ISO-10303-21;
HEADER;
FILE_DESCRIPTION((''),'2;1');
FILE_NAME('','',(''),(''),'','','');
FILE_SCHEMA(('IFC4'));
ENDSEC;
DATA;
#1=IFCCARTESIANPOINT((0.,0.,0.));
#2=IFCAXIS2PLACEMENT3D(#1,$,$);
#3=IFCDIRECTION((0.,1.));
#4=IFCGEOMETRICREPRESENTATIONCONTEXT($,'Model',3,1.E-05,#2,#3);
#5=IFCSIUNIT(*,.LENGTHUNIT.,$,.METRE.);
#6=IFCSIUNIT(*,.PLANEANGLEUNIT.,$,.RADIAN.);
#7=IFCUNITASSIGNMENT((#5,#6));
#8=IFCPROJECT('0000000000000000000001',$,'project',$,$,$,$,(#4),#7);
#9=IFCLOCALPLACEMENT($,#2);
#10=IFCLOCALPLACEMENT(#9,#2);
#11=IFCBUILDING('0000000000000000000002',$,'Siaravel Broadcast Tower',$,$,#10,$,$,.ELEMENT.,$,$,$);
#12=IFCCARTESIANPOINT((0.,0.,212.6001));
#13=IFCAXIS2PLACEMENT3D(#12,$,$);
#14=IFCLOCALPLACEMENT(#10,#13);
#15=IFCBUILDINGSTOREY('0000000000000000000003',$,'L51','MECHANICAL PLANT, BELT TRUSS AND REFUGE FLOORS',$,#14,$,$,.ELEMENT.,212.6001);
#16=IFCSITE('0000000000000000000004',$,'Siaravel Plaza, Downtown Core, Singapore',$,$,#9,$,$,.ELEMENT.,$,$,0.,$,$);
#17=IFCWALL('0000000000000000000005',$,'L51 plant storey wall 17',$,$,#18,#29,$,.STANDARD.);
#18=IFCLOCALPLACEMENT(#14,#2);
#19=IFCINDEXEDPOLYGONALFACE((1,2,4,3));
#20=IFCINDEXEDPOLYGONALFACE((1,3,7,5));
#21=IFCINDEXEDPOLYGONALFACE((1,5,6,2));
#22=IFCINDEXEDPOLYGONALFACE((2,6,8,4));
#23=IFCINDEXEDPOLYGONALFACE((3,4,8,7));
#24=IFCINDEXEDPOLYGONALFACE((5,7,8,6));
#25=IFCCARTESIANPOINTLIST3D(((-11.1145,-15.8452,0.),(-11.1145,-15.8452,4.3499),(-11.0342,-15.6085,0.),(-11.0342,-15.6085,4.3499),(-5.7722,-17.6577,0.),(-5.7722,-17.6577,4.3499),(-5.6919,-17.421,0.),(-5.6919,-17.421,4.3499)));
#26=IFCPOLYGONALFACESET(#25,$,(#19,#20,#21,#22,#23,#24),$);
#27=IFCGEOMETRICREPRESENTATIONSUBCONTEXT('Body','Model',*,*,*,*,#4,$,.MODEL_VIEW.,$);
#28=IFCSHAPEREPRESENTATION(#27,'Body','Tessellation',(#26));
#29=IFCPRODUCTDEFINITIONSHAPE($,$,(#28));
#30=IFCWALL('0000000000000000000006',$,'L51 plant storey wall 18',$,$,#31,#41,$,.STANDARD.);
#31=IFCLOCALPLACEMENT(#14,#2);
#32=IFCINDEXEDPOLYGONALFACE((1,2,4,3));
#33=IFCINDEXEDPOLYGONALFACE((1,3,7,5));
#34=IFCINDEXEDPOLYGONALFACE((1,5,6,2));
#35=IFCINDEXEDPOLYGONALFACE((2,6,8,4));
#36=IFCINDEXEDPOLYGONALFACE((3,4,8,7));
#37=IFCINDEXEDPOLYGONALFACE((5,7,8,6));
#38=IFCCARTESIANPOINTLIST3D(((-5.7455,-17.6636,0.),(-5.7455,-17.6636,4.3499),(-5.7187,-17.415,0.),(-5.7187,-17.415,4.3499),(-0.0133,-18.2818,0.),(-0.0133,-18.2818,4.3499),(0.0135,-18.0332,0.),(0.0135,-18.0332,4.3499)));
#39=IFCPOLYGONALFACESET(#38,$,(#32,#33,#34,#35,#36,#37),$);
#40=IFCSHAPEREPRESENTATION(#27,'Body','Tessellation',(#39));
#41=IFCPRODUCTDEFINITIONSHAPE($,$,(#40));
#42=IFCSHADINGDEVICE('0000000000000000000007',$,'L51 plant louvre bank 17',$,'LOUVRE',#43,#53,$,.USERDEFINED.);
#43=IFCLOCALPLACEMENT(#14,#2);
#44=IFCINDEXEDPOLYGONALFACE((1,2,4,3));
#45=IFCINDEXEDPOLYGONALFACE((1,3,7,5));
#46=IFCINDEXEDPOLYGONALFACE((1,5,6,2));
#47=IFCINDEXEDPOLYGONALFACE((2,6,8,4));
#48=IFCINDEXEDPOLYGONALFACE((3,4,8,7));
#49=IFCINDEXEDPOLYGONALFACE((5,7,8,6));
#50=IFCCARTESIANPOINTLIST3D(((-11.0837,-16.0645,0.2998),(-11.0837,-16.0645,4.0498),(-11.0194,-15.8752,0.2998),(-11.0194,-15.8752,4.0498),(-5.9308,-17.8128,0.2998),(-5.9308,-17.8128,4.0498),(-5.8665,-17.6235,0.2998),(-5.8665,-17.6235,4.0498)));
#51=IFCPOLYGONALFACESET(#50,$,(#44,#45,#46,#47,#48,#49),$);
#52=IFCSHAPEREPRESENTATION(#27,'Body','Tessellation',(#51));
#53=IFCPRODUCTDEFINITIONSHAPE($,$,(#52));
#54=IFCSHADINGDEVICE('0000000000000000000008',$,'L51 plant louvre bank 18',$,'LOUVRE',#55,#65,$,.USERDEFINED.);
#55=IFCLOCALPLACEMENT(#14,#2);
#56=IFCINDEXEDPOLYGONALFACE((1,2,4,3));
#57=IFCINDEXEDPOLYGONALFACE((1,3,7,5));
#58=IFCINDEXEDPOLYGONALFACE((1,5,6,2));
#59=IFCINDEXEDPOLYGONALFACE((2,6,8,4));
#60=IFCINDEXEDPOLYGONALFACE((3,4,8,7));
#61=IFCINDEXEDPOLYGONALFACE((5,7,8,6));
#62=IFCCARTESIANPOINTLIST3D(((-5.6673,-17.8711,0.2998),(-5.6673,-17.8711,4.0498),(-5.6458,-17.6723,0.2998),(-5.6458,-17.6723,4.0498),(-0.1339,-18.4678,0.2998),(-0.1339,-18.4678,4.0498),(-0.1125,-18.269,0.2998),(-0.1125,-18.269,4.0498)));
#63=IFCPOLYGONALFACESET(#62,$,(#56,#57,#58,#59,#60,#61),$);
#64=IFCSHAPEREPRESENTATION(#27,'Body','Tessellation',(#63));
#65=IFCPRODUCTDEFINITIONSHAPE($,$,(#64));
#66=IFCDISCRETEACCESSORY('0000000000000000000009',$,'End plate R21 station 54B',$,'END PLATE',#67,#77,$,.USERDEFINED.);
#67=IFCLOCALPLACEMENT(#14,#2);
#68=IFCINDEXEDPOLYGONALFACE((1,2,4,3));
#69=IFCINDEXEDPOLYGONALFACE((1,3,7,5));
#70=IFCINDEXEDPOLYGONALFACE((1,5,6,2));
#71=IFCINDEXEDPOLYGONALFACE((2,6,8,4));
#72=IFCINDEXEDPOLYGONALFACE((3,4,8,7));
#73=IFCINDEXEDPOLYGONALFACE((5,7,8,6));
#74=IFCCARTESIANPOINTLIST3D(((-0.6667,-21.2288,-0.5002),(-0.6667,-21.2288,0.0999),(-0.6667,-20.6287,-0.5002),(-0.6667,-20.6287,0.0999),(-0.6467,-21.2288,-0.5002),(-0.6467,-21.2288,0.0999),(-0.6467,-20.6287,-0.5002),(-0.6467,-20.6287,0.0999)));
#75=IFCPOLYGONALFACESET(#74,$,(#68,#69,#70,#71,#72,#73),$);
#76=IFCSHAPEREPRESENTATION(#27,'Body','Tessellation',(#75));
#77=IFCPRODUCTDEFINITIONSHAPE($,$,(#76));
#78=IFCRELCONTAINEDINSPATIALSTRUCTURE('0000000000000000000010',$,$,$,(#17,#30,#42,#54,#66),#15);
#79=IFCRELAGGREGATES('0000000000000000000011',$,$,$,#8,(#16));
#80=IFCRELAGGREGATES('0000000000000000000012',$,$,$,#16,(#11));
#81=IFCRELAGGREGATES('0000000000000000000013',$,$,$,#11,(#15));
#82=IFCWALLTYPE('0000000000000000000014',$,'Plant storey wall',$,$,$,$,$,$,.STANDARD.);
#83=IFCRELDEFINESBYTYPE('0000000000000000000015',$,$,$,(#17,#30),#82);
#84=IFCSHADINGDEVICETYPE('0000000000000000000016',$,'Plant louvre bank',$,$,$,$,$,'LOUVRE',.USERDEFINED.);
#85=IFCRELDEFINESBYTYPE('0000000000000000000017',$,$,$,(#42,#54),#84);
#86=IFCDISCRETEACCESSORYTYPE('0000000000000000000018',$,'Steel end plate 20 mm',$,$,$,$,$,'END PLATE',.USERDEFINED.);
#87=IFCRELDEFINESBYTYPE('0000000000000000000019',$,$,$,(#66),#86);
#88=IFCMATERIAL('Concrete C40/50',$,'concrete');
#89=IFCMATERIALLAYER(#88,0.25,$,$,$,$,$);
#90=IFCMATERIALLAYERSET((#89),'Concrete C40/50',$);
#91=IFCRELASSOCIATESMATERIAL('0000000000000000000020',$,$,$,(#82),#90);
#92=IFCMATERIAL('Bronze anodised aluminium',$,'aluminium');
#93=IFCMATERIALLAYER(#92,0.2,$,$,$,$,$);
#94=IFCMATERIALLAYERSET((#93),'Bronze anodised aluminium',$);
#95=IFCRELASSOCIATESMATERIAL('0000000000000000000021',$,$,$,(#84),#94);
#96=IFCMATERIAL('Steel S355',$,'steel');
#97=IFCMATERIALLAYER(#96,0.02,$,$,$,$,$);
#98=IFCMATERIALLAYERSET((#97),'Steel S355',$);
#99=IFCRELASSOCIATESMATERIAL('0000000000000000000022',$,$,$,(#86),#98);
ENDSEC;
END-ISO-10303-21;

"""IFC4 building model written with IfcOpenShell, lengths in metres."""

from ifc_helpers import new_model, si_unit, direction, frame, frame_2d, origin, origin_2d, place, context, subcontext, project, spatial, rectangle, extrude, material, layer, layer_set, type_object, element, save


model = new_model("IFC4")

# Units and contexts
model_context = context("Model", 3, precision=1e-05, world=origin(), true_north=direction((0.0, 1.0)))
body_context = subcontext(model_context, "Body", "Model", "MODEL_VIEW")
ifc_project = project(units=[si_unit("LENGTHUNIT", "METRE"), si_unit("PLANEANGLEUNIT", "RADIAN")], contexts=[model_context])

# Site, building, storey
site_placement = place(None, origin())
site = spatial("IfcSite", under=ifc_project, at=site_placement, Name="Siaravel Plaza, Downtown Core, Singapore", CompositionType="ELEMENT", RefElevation=0.0)
building_placement = place(site_placement, origin())
building = spatial("IfcBuilding", under=site, at=building_placement, Name="Siaravel Broadcast Tower", CompositionType="ELEMENT")
storey_placement = place(building_placement, frame((0.0, 0.0, 212.6001)))
storey = spatial("IfcBuildingStorey", under=building, at=storey_placement, Name="L51", Description="MECHANICAL PLANT, BELT TRUSS AND REFUGE FLOORS", CompositionType="ELEMENT", Elevation=212.6001)

# Shared definitions
ifc_material_1 = material(Name="Steel S355", Category="steel")

# Walls
ifc_material_2 = material(Name="Concrete C40/50", Category="concrete")
ifc_layer_1 = layer(ifc_material_2, 0.25)
ifc_layer_set_1 = layer_set([ifc_layer_1], Name="Concrete C40/50")
wall_type_1 = type_object("IfcWallType", Name="Plant storey wall", PredefinedType="STANDARD", material=ifc_layer_set_1)
wall_1_placement = place(storey_placement, frame((-11.0745, -15.7268, 0.0), z_axis=(0.0, 0.0, 1.0), x_axis=(0.946982, -0.321287, 0.0)))
element("IfcWall", 1, at=wall_1_placement, inside=storey, type_object=wall_type_1, Name="L51 plant storey wall 17", PredefinedType="STANDARD", context=body_context, shape_type="SweptSolid", body=[
    extrude(rectangle(XDim=5.6414, YDim=0.25, at=frame_2d((2.8208, 0.0))), origin(), (0.0, 0.0, 1.0), 4.3499),
])
wall_2_placement = place(storey_placement, frame((-5.7322, -17.5393, 0.0), z_axis=(0.0, 0.0, 1.0), x_axis=(0.994235, -0.107219, 0.0)))
element("IfcWall", 2, at=wall_2_placement, inside=storey, type_object=wall_type_1, Name="L51 plant storey wall 18", PredefinedType="STANDARD", context=body_context, shape_type="SweptSolid", body=[
    extrude(rectangle(XDim=5.7654, YDim=0.25, at=frame_2d((2.8828, 0.0))), origin(), (0.0, 0.0, 1.0), 4.3499),
])

# Shading devices
ifc_material_3 = material(Name="Bronze anodised aluminium", Category="aluminium")
ifc_layer_2 = layer(ifc_material_3, 0.2)
ifc_layer_set_2 = layer_set([ifc_layer_2], Name="Bronze anodised aluminium")
shading_device_type = type_object("IfcShadingDeviceType", Name="Plant louvre bank", ElementType="LOUVRE", PredefinedType="USERDEFINED", material=ifc_layer_set_2)
shading_device_1_placement = place(storey_placement, frame((-8.4751, -16.844, 0.2998), z_axis=(0.0, 0.0, 1.0), x_axis=(0.946977, -0.321301, 0.0)))
element("IfcShadingDevice", 3, at=shading_device_1_placement, inside=storey, type_object=shading_device_type, Name="L51 plant louvre bank 17", ObjectType="LOUVRE", PredefinedType="USERDEFINED", context=body_context, shape_type="SweptSolid", body=[
    extrude(rectangle(XDim=5.4414, YDim=0.2, at=origin_2d()), origin(), (0.0, 0.0, 1.0), 3.75),
])
shading_device_2_placement = place(storey_placement, frame((-2.8899, -18.0701, 0.2998), z_axis=(0.0, 0.0, 1.0), x_axis=(0.994236, -0.107217, 0.0)))
element("IfcShadingDevice", 4, at=shading_device_2_placement, inside=storey, type_object=shading_device_type, Name="L51 plant louvre bank 18", ObjectType="LOUVRE", PredefinedType="USERDEFINED", context=body_context, shape_type="SweptSolid", body=[
    extrude(rectangle(XDim=5.5654, YDim=0.2, at=origin_2d()), origin(), (0.0, 0.0, 1.0), 3.75),
])

# Discrete accessory
ifc_layer_3 = layer(ifc_material_1, 0.02)
ifc_layer_set_3 = layer_set([ifc_layer_3], Name="Steel S355")
discrete_accessory_type = type_object("IfcDiscreteAccessoryType", Name="Steel end plate 20 mm", ElementType="END PLATE", PredefinedType="USERDEFINED", material=ifc_layer_set_3)
discrete_accessory_placement = place(storey_placement, frame((-0.6567, -20.9287, -0.5002), z_axis=(0.0, 0.0, 1.0), x_axis=(1.0, 0.0, 0.0)))
element("IfcDiscreteAccessory", 5, at=discrete_accessory_placement, inside=storey, type_object=discrete_accessory_type, Name="End plate R21 station 54B", ObjectType="END PLATE", PredefinedType="USERDEFINED", context=body_context, shape_type="SweptSolid", body=[
    extrude(rectangle(XDim=0.02, YDim=0.6001, at=origin_2d()), origin(), (0.0, 0.0, 1.0), 0.6001),
])

save(model, "model.ifc")
